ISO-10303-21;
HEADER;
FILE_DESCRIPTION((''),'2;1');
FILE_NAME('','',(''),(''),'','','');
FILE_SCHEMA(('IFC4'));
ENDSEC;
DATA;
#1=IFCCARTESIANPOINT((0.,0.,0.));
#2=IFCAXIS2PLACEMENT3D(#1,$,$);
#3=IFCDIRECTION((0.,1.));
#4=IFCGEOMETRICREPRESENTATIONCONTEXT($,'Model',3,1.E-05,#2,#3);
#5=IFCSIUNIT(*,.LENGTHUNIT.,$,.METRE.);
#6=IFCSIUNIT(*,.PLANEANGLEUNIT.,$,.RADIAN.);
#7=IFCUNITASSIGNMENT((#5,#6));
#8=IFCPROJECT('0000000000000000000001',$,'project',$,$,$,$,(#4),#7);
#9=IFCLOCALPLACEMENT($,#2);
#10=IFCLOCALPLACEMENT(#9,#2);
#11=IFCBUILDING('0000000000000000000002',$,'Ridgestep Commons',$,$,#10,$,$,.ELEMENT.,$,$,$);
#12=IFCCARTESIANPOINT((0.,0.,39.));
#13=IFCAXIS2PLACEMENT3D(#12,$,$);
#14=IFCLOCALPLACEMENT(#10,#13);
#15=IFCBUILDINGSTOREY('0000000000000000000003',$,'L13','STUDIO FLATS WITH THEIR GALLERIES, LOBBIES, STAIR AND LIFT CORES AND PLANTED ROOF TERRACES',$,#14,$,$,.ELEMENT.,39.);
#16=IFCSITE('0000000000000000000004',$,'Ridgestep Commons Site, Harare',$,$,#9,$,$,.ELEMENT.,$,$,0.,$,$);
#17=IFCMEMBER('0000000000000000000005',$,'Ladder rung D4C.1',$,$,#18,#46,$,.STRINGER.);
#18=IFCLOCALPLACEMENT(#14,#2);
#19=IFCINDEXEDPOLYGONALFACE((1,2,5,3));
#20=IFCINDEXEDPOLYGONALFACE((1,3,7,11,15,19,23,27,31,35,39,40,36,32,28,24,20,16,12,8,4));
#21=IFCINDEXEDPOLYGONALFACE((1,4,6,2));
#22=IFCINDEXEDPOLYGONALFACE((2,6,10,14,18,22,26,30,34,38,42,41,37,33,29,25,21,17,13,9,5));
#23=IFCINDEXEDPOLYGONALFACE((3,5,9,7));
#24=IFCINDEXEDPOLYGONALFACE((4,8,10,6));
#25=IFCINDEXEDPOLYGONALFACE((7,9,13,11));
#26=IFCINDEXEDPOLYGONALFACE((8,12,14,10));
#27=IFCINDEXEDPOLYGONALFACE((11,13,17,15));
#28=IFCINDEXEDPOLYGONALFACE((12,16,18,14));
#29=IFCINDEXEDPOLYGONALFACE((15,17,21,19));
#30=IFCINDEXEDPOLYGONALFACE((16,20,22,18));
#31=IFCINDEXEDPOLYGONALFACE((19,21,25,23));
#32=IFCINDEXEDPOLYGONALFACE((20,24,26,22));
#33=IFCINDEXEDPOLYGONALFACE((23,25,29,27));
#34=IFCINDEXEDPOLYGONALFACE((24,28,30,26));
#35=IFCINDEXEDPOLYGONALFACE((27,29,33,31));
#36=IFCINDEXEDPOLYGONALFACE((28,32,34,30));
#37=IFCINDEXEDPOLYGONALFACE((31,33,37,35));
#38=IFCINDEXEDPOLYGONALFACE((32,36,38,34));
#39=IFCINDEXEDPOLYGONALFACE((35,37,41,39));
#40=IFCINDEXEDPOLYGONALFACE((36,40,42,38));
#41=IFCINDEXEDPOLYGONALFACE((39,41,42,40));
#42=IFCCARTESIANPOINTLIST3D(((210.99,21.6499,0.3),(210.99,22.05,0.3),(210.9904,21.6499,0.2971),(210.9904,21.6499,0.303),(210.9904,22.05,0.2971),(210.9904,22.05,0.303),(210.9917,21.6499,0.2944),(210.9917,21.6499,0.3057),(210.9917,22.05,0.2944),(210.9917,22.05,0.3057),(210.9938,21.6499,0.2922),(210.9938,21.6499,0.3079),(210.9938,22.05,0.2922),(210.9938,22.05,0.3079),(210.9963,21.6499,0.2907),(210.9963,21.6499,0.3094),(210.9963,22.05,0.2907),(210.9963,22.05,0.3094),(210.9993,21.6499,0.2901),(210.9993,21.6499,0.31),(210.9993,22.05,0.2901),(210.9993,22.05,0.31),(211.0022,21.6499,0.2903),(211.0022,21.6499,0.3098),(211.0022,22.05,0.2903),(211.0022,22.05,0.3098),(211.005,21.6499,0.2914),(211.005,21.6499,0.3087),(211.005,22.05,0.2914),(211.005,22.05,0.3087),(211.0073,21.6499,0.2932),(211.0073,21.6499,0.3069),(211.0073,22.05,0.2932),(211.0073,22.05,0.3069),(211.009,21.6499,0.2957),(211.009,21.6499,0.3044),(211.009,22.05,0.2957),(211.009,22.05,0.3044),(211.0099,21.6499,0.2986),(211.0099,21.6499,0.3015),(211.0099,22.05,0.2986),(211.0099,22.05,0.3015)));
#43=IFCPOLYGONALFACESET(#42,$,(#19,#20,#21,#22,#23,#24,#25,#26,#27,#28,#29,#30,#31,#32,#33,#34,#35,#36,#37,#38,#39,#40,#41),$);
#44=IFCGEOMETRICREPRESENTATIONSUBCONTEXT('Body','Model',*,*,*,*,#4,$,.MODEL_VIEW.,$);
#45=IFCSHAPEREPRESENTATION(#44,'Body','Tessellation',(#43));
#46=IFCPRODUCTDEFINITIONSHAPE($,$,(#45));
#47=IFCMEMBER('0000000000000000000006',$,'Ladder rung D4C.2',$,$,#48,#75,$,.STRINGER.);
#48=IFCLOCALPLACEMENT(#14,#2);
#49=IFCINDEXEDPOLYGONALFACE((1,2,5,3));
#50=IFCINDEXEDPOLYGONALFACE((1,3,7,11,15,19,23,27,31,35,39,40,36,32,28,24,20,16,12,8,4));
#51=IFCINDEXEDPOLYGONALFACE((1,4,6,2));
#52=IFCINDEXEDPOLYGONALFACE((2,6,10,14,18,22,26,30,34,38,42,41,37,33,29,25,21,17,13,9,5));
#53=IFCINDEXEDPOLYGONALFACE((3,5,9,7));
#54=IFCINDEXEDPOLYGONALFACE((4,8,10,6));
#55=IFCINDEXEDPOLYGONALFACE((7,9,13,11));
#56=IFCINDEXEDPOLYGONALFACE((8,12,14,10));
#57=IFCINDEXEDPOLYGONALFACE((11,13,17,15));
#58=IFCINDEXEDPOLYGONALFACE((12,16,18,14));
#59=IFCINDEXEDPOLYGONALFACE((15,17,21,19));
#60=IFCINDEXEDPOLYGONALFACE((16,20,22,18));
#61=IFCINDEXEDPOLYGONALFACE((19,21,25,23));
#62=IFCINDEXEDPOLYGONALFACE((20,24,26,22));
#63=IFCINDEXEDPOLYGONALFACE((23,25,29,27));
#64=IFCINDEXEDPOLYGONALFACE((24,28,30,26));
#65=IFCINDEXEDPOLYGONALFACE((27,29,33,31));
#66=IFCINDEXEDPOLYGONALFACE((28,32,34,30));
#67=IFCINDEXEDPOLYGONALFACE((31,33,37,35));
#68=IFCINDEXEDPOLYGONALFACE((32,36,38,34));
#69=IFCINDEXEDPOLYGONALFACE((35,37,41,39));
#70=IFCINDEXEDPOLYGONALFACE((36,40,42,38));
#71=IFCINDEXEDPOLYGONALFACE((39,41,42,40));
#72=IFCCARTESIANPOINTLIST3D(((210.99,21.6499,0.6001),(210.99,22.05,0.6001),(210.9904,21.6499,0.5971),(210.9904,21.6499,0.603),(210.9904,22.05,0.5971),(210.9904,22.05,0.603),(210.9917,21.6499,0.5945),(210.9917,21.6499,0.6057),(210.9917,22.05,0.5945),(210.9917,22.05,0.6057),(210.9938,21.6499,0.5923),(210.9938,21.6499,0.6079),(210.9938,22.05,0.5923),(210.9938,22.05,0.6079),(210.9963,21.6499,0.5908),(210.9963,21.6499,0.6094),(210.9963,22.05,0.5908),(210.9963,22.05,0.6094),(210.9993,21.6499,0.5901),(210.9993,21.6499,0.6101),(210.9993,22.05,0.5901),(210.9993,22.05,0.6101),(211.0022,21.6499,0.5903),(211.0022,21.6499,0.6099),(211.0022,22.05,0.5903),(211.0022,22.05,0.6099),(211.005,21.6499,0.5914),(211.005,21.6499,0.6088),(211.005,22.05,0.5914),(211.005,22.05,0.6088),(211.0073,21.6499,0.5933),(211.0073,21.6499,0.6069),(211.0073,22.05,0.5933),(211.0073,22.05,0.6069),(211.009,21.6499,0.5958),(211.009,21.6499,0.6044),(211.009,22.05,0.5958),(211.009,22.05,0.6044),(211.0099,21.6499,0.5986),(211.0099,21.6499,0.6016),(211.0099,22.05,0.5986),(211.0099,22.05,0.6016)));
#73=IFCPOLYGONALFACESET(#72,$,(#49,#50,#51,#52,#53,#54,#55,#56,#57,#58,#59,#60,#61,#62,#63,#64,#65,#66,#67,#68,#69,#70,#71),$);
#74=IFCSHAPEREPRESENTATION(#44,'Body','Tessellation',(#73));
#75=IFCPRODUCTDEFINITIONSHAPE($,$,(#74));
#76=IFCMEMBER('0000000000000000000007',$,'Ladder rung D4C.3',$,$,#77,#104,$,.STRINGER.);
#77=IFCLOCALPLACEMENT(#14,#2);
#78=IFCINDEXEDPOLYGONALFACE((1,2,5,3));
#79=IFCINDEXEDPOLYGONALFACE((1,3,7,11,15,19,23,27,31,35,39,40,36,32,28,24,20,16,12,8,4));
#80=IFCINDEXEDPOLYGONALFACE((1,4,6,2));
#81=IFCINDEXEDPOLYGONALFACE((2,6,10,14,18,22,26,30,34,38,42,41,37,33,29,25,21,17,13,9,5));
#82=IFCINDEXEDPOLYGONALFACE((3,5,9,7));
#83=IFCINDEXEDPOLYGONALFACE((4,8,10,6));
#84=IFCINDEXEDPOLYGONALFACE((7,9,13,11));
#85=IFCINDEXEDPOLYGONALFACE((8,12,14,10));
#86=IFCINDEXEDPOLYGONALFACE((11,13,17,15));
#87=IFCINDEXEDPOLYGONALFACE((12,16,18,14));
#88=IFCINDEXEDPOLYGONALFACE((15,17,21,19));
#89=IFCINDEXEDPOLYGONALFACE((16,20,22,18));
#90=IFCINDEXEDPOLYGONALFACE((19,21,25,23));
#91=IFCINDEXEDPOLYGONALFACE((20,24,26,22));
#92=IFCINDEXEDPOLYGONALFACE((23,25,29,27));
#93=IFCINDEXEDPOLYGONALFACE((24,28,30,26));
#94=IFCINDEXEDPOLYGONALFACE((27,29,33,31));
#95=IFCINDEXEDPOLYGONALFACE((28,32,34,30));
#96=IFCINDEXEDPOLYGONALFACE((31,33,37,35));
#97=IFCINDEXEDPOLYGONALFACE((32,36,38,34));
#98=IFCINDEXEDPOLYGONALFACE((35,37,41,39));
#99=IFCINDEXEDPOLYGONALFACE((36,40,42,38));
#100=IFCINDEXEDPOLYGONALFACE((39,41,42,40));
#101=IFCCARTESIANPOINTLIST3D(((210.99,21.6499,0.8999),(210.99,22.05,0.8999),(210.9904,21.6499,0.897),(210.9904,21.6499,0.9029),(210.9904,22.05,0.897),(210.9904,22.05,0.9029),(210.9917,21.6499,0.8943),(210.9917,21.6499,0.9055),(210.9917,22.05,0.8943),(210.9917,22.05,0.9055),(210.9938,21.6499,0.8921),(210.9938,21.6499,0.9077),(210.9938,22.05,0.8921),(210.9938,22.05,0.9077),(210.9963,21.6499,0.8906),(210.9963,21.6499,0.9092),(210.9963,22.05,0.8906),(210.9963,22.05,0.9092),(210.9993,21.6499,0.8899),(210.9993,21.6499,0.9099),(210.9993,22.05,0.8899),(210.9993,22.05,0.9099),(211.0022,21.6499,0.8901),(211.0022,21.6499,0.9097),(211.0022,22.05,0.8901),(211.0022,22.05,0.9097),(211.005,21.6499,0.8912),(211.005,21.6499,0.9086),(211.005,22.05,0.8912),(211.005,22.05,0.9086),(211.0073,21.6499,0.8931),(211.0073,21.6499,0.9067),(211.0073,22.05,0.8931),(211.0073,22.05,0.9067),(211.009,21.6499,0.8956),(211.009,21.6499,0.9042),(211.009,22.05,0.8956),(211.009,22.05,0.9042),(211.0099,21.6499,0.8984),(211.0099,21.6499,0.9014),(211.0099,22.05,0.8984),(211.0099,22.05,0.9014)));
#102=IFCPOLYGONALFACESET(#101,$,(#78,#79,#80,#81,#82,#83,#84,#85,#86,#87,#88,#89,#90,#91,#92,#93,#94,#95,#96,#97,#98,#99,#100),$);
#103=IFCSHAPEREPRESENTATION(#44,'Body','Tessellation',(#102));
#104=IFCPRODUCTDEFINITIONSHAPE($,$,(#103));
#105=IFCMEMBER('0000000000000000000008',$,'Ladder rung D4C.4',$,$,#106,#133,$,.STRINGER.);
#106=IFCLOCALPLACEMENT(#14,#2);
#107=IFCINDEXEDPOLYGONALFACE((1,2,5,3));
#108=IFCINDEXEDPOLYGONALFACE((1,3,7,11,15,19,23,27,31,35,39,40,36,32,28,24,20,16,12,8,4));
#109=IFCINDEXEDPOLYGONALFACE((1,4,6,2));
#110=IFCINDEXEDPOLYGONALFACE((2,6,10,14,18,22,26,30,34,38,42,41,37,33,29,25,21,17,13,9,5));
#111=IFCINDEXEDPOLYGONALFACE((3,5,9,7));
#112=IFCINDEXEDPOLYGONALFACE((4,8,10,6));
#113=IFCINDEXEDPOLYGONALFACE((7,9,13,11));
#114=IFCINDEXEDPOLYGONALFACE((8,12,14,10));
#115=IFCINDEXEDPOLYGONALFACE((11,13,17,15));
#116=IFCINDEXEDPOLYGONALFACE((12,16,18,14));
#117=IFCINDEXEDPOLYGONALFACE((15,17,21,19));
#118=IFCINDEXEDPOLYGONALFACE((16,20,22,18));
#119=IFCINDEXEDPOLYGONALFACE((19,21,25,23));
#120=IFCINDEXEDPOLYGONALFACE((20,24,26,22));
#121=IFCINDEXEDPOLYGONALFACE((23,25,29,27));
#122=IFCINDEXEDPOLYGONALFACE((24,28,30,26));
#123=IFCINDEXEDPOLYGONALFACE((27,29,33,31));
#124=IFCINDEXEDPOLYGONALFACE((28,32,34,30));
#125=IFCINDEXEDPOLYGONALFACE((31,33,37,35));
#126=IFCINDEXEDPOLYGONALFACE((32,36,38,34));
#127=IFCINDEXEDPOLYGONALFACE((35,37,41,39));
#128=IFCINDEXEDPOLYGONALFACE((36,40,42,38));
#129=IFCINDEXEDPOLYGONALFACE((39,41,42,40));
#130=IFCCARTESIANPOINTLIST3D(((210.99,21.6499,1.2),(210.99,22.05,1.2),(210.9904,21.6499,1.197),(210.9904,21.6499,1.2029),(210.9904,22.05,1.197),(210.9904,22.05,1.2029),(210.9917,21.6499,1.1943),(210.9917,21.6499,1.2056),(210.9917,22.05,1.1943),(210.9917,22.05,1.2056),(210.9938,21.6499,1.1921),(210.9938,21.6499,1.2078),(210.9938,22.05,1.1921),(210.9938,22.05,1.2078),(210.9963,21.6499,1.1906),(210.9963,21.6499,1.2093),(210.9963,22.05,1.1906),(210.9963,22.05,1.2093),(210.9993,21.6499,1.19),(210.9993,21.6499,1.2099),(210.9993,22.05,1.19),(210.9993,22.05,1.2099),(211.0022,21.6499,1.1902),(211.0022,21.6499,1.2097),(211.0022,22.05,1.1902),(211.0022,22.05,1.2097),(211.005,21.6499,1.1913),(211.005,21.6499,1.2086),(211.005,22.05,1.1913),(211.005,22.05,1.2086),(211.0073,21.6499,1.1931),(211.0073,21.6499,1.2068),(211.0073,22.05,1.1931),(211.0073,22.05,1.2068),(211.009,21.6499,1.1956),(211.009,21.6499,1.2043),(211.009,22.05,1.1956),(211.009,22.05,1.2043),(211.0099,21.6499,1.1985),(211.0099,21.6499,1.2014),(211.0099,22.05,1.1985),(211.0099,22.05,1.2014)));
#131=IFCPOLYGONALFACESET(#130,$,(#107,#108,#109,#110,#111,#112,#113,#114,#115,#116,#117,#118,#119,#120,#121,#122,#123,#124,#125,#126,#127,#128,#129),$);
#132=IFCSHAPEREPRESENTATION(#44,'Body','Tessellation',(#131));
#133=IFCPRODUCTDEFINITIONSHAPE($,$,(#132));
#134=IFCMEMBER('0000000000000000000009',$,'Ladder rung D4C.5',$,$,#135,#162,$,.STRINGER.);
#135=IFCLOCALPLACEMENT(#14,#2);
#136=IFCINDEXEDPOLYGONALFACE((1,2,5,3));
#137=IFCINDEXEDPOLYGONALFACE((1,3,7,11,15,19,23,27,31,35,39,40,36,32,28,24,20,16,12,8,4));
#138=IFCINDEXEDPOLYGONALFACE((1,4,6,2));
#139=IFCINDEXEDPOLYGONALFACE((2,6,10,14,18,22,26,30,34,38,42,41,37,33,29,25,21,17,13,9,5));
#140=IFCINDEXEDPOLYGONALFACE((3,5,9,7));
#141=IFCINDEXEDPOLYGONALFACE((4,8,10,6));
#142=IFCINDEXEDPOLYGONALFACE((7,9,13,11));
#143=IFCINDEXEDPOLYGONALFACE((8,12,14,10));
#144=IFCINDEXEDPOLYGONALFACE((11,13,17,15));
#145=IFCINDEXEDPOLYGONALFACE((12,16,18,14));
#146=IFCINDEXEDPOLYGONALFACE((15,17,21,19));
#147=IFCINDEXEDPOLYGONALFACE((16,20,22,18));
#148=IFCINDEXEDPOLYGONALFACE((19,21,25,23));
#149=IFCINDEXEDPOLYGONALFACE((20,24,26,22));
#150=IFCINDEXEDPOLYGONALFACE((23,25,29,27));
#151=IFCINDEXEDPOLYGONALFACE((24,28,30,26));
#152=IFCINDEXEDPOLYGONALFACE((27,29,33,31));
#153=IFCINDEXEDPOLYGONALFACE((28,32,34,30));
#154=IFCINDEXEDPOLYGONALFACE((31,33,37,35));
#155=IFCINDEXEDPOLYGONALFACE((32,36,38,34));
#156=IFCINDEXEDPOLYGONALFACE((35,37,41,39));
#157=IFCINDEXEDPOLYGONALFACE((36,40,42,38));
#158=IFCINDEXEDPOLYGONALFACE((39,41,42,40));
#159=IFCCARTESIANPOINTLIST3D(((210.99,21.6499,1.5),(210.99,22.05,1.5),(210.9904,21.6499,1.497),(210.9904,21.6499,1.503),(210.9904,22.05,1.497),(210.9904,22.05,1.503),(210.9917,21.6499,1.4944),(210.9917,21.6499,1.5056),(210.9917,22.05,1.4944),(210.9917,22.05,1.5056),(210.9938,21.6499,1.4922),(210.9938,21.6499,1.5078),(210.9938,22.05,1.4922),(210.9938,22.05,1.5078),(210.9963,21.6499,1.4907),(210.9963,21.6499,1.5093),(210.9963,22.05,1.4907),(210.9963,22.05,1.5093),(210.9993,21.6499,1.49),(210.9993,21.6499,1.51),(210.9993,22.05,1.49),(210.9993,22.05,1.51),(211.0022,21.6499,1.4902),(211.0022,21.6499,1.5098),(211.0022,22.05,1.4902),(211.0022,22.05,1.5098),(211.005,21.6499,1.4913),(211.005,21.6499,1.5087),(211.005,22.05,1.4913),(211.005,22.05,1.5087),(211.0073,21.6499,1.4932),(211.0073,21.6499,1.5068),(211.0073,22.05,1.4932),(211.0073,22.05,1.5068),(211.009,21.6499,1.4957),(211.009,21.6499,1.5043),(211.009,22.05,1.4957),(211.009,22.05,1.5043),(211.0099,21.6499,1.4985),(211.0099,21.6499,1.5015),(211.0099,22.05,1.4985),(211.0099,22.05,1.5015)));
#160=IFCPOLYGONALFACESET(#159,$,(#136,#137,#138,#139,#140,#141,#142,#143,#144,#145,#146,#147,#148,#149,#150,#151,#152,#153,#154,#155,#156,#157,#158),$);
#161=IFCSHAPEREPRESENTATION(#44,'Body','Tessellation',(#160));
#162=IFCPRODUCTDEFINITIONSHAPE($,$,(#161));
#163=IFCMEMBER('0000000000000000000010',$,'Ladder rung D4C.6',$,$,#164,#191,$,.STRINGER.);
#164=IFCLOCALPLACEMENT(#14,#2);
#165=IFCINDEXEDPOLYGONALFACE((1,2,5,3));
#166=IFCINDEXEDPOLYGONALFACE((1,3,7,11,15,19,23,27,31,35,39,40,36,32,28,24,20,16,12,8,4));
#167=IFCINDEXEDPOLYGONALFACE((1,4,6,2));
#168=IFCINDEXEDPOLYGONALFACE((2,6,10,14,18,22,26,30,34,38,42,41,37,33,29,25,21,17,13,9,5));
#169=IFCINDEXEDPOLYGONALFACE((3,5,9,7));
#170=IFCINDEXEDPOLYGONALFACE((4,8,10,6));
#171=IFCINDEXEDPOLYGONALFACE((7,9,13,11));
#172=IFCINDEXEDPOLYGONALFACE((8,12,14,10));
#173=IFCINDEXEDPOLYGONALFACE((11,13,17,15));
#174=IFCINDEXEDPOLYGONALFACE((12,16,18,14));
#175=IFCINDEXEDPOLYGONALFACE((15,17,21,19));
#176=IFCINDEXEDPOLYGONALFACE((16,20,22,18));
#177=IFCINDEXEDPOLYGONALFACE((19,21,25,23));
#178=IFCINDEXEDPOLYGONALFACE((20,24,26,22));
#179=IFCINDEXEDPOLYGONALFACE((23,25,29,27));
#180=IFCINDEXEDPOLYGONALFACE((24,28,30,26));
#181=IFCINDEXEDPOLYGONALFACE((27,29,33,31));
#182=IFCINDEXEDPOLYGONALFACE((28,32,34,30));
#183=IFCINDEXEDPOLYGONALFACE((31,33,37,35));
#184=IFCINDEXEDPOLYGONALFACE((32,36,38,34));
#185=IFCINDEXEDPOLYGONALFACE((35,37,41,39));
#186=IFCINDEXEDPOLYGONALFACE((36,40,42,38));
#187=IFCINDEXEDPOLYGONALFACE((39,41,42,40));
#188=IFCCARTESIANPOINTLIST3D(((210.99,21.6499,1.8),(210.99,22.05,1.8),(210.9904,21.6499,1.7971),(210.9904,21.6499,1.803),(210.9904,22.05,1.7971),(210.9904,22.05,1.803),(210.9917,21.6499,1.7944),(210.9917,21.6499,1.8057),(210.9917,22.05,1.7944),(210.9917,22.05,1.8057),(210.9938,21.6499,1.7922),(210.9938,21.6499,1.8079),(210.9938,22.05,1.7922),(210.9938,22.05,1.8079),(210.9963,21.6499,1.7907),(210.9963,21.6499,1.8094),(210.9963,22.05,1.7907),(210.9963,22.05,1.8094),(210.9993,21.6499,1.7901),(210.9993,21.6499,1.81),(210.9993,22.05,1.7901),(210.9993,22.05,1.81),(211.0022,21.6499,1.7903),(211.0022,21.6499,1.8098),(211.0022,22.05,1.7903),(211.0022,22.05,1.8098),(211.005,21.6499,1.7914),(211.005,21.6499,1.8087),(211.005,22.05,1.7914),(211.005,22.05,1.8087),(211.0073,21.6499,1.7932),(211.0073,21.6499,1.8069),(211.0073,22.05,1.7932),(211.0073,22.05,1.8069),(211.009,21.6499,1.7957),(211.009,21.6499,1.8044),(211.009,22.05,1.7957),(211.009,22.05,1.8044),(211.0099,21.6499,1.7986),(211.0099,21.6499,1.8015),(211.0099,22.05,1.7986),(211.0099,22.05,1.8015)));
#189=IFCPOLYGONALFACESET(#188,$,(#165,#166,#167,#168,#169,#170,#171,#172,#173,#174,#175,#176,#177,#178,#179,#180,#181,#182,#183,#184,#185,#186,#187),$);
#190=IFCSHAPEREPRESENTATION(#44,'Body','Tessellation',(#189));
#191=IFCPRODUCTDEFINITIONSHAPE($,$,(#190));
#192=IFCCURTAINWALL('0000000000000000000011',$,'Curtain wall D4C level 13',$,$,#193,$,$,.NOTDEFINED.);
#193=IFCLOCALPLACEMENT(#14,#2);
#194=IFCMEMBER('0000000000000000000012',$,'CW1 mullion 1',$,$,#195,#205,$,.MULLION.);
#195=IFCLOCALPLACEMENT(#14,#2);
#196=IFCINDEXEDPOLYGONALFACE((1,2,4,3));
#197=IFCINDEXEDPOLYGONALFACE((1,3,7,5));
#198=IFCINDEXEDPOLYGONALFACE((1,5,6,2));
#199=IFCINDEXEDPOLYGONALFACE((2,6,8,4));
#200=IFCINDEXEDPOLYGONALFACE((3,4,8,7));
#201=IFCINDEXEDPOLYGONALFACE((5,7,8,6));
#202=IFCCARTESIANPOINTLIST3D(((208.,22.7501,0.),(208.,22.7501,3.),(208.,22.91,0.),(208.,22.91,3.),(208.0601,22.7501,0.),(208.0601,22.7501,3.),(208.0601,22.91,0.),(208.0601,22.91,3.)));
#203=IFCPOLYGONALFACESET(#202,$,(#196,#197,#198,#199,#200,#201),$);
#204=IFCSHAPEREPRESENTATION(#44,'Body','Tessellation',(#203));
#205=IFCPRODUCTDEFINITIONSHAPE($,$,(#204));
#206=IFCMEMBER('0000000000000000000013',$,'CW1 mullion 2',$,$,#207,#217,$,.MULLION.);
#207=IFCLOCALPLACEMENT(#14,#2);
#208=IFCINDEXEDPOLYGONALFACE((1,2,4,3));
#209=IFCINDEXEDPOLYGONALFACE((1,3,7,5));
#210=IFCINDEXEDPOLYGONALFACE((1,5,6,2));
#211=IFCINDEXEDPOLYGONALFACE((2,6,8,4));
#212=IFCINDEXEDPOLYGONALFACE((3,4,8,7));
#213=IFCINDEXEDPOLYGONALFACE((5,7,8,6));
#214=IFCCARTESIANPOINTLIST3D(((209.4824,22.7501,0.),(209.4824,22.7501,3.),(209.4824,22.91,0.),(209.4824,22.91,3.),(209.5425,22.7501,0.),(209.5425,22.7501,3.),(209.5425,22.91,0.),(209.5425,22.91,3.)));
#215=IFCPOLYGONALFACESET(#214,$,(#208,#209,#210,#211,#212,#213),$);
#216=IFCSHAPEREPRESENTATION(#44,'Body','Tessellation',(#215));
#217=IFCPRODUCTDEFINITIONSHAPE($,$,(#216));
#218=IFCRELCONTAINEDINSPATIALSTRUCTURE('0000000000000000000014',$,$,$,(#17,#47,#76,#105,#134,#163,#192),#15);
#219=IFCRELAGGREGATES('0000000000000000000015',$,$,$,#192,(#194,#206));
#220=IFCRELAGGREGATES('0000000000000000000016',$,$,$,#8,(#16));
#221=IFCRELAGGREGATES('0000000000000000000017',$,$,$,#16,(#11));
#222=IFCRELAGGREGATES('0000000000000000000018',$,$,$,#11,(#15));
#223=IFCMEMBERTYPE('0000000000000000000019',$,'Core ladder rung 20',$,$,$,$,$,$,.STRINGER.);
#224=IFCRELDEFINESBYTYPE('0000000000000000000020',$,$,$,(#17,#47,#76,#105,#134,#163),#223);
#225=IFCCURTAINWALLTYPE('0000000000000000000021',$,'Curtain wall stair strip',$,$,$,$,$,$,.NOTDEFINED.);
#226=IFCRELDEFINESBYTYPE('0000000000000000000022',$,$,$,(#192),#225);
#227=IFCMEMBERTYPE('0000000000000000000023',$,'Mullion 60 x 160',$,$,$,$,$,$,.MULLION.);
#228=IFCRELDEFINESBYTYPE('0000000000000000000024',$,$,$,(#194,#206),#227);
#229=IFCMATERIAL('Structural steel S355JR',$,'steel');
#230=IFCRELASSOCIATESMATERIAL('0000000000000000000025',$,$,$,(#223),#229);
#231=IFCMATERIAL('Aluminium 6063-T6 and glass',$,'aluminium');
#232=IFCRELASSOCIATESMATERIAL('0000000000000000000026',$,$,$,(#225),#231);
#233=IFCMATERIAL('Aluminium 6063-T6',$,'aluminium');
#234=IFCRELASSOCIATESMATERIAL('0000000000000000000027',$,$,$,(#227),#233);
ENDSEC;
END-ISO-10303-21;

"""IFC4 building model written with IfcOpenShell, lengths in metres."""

from ifc_helpers import new_model, si_unit, direction, frame, origin, origin_2d, place, context, subcontext, project, spatial, rectangle, circle, extrude, material, material_profile, profile_set, type_object, element, aggregate, save


model = new_model("IFC4")

# Units and contexts
model_context = context("Model", 3, precision=1e-05, world=origin(), true_north=direction((0.0, 1.0)))
body_context = subcontext(model_context, "Body", "Model", "MODEL_VIEW")
ifc_project = project(units=[si_unit("LENGTHUNIT", "METRE"), si_unit("PLANEANGLEUNIT", "RADIAN")], contexts=[model_context])

# Site, building, storey
site_placement = place(None, origin())
site = spatial("IfcSite", under=ifc_project, at=site_placement, Name="Ridgestep Commons Site, Harare", CompositionType="ELEMENT", RefElevation=0.0)
building_placement = place(site_placement, origin())
building = spatial("IfcBuilding", under=site, at=building_placement, Name="Ridgestep Commons", CompositionType="ELEMENT")
storey_placement = place(building_placement, frame((0.0, 0.0, 39.0)))
storey = spatial("IfcBuildingStorey", under=building, at=storey_placement, Name="L13", Description="STUDIO FLATS WITH THEIR GALLERIES, LOBBIES, STAIR AND LIFT CORES AND PLANTED ROOF TERRACES", CompositionType="ELEMENT", Elevation=39.0)

# Members
ifc_material_1 = material(Name="Structural steel S355JR", Category="steel")
ifc_material_profile_1 = material_profile(ifc_material_1, circle(Radius=0.01, at=origin_2d()), Name="Round bar 20")
ifc_profile_set_1 = profile_set([ifc_material_profile_1], Name="Structural steel S355JR")
member_type_1 = type_object("IfcMemberType", Name="Core ladder rung 20", PredefinedType="STRINGER", material=ifc_profile_set_1)
for number, where, z_axis, x_axis, name in (
    (1, (211.0, 21.6499, 0.3), (0.0, 1.0, 0.0), (-1.0, 0.0, 0.0), "Ladder rung D4C.1"),
    (2, (211.0, 21.6499, 0.6001), (0.0, 1.0, 0.0), (-1.0, 0.0, 0.0), "Ladder rung D4C.2"),
    (3, (211.0, 21.6499, 0.8999), (0.0, 1.0, 0.0), (-1.0, 0.0, 0.0), "Ladder rung D4C.3"),
    (4, (211.0, 21.6499, 1.2), (0.0, 1.0, 0.0), (-1.0, 0.0, 0.0), "Ladder rung D4C.4"),
    (5, (211.0, 21.6499, 1.5), (0.0, 1.0, 0.0), (-1.0, 0.0, 0.0), "Ladder rung D4C.5"),
    (6, (211.0, 21.6499, 1.8), (0.0, 1.0, 0.0), (-1.0, 0.0, 0.0), "Ladder rung D4C.6"),
):
    element("IfcMember", number, at=place(storey_placement, frame(where, z_axis=z_axis, x_axis=x_axis)), inside=storey, type_object=member_type_1, Name=name, PredefinedType="STRINGER", context=body_context, shape_type="SweptSolid", body=[
        extrude(circle(Radius=0.01, at=origin_2d()), origin(), (0.0, 0.0, 1.0), 0.4001),
    ])

# Curtain wall, members
ifc_material_2 = material(Name="Aluminium 6063-T6 and glass", Category="aluminium")
curtain_wall_type = type_object("IfcCurtainWallType", Name="Curtain wall stair strip", PredefinedType="NOTDEFINED", material=ifc_material_2)
curtain_wall_placement = place(storey_placement, origin())
curtain_wall = element("IfcCurtainWall", 7, at=curtain_wall_placement, inside=storey, type_object=curtain_wall_type, Name="Curtain wall D4C level 13", PredefinedType="NOTDEFINED")
ifc_material_3 = material(Name="Aluminium 6063-T6", Category="aluminium")
ifc_material_profile_2 = material_profile(ifc_material_3, rectangle(XDim=0.1599, YDim=0.0601, at=origin_2d()), Name="Mullion 60 x 160")
ifc_profile_set_2 = profile_set([ifc_material_profile_2], Name="Aluminium 6063-T6")
member_type_2 = type_object("IfcMemberType", Name="Mullion 60 x 160", PredefinedType="MULLION", material=ifc_profile_set_2)
member_1_placement = place(storey_placement, frame((208.03, 22.8301, 0.0), z_axis=(0.0, 0.0, 1.0), x_axis=(0.0, 1.0, 0.0)))
member_1 = element("IfcMember", 8, at=member_1_placement, type_object=member_type_2, Name="CW1 mullion 1", PredefinedType="MULLION", context=body_context, shape_type="SweptSolid", body=[
    extrude(rectangle(XDim=0.1599, YDim=0.0601, at=origin_2d()), origin(), (0.0, 0.0, 1.0), 3.0),
])
member_2_placement = place(storey_placement, frame((209.5125, 22.8301, 0.0), z_axis=(0.0, 0.0, 1.0), x_axis=(0.0, 1.0, 0.0)))
member_2 = element("IfcMember", 9, at=member_2_placement, type_object=member_type_2, Name="CW1 mullion 2", PredefinedType="MULLION", context=body_context, shape_type="SweptSolid", body=[
    extrude(rectangle(XDim=0.1599, YDim=0.0601, at=origin_2d()), origin(), (0.0, 0.0, 1.0), 3.0),
])
aggregate(curtain_wall, [member_1, member_2])

save(model, "model.ifc")
